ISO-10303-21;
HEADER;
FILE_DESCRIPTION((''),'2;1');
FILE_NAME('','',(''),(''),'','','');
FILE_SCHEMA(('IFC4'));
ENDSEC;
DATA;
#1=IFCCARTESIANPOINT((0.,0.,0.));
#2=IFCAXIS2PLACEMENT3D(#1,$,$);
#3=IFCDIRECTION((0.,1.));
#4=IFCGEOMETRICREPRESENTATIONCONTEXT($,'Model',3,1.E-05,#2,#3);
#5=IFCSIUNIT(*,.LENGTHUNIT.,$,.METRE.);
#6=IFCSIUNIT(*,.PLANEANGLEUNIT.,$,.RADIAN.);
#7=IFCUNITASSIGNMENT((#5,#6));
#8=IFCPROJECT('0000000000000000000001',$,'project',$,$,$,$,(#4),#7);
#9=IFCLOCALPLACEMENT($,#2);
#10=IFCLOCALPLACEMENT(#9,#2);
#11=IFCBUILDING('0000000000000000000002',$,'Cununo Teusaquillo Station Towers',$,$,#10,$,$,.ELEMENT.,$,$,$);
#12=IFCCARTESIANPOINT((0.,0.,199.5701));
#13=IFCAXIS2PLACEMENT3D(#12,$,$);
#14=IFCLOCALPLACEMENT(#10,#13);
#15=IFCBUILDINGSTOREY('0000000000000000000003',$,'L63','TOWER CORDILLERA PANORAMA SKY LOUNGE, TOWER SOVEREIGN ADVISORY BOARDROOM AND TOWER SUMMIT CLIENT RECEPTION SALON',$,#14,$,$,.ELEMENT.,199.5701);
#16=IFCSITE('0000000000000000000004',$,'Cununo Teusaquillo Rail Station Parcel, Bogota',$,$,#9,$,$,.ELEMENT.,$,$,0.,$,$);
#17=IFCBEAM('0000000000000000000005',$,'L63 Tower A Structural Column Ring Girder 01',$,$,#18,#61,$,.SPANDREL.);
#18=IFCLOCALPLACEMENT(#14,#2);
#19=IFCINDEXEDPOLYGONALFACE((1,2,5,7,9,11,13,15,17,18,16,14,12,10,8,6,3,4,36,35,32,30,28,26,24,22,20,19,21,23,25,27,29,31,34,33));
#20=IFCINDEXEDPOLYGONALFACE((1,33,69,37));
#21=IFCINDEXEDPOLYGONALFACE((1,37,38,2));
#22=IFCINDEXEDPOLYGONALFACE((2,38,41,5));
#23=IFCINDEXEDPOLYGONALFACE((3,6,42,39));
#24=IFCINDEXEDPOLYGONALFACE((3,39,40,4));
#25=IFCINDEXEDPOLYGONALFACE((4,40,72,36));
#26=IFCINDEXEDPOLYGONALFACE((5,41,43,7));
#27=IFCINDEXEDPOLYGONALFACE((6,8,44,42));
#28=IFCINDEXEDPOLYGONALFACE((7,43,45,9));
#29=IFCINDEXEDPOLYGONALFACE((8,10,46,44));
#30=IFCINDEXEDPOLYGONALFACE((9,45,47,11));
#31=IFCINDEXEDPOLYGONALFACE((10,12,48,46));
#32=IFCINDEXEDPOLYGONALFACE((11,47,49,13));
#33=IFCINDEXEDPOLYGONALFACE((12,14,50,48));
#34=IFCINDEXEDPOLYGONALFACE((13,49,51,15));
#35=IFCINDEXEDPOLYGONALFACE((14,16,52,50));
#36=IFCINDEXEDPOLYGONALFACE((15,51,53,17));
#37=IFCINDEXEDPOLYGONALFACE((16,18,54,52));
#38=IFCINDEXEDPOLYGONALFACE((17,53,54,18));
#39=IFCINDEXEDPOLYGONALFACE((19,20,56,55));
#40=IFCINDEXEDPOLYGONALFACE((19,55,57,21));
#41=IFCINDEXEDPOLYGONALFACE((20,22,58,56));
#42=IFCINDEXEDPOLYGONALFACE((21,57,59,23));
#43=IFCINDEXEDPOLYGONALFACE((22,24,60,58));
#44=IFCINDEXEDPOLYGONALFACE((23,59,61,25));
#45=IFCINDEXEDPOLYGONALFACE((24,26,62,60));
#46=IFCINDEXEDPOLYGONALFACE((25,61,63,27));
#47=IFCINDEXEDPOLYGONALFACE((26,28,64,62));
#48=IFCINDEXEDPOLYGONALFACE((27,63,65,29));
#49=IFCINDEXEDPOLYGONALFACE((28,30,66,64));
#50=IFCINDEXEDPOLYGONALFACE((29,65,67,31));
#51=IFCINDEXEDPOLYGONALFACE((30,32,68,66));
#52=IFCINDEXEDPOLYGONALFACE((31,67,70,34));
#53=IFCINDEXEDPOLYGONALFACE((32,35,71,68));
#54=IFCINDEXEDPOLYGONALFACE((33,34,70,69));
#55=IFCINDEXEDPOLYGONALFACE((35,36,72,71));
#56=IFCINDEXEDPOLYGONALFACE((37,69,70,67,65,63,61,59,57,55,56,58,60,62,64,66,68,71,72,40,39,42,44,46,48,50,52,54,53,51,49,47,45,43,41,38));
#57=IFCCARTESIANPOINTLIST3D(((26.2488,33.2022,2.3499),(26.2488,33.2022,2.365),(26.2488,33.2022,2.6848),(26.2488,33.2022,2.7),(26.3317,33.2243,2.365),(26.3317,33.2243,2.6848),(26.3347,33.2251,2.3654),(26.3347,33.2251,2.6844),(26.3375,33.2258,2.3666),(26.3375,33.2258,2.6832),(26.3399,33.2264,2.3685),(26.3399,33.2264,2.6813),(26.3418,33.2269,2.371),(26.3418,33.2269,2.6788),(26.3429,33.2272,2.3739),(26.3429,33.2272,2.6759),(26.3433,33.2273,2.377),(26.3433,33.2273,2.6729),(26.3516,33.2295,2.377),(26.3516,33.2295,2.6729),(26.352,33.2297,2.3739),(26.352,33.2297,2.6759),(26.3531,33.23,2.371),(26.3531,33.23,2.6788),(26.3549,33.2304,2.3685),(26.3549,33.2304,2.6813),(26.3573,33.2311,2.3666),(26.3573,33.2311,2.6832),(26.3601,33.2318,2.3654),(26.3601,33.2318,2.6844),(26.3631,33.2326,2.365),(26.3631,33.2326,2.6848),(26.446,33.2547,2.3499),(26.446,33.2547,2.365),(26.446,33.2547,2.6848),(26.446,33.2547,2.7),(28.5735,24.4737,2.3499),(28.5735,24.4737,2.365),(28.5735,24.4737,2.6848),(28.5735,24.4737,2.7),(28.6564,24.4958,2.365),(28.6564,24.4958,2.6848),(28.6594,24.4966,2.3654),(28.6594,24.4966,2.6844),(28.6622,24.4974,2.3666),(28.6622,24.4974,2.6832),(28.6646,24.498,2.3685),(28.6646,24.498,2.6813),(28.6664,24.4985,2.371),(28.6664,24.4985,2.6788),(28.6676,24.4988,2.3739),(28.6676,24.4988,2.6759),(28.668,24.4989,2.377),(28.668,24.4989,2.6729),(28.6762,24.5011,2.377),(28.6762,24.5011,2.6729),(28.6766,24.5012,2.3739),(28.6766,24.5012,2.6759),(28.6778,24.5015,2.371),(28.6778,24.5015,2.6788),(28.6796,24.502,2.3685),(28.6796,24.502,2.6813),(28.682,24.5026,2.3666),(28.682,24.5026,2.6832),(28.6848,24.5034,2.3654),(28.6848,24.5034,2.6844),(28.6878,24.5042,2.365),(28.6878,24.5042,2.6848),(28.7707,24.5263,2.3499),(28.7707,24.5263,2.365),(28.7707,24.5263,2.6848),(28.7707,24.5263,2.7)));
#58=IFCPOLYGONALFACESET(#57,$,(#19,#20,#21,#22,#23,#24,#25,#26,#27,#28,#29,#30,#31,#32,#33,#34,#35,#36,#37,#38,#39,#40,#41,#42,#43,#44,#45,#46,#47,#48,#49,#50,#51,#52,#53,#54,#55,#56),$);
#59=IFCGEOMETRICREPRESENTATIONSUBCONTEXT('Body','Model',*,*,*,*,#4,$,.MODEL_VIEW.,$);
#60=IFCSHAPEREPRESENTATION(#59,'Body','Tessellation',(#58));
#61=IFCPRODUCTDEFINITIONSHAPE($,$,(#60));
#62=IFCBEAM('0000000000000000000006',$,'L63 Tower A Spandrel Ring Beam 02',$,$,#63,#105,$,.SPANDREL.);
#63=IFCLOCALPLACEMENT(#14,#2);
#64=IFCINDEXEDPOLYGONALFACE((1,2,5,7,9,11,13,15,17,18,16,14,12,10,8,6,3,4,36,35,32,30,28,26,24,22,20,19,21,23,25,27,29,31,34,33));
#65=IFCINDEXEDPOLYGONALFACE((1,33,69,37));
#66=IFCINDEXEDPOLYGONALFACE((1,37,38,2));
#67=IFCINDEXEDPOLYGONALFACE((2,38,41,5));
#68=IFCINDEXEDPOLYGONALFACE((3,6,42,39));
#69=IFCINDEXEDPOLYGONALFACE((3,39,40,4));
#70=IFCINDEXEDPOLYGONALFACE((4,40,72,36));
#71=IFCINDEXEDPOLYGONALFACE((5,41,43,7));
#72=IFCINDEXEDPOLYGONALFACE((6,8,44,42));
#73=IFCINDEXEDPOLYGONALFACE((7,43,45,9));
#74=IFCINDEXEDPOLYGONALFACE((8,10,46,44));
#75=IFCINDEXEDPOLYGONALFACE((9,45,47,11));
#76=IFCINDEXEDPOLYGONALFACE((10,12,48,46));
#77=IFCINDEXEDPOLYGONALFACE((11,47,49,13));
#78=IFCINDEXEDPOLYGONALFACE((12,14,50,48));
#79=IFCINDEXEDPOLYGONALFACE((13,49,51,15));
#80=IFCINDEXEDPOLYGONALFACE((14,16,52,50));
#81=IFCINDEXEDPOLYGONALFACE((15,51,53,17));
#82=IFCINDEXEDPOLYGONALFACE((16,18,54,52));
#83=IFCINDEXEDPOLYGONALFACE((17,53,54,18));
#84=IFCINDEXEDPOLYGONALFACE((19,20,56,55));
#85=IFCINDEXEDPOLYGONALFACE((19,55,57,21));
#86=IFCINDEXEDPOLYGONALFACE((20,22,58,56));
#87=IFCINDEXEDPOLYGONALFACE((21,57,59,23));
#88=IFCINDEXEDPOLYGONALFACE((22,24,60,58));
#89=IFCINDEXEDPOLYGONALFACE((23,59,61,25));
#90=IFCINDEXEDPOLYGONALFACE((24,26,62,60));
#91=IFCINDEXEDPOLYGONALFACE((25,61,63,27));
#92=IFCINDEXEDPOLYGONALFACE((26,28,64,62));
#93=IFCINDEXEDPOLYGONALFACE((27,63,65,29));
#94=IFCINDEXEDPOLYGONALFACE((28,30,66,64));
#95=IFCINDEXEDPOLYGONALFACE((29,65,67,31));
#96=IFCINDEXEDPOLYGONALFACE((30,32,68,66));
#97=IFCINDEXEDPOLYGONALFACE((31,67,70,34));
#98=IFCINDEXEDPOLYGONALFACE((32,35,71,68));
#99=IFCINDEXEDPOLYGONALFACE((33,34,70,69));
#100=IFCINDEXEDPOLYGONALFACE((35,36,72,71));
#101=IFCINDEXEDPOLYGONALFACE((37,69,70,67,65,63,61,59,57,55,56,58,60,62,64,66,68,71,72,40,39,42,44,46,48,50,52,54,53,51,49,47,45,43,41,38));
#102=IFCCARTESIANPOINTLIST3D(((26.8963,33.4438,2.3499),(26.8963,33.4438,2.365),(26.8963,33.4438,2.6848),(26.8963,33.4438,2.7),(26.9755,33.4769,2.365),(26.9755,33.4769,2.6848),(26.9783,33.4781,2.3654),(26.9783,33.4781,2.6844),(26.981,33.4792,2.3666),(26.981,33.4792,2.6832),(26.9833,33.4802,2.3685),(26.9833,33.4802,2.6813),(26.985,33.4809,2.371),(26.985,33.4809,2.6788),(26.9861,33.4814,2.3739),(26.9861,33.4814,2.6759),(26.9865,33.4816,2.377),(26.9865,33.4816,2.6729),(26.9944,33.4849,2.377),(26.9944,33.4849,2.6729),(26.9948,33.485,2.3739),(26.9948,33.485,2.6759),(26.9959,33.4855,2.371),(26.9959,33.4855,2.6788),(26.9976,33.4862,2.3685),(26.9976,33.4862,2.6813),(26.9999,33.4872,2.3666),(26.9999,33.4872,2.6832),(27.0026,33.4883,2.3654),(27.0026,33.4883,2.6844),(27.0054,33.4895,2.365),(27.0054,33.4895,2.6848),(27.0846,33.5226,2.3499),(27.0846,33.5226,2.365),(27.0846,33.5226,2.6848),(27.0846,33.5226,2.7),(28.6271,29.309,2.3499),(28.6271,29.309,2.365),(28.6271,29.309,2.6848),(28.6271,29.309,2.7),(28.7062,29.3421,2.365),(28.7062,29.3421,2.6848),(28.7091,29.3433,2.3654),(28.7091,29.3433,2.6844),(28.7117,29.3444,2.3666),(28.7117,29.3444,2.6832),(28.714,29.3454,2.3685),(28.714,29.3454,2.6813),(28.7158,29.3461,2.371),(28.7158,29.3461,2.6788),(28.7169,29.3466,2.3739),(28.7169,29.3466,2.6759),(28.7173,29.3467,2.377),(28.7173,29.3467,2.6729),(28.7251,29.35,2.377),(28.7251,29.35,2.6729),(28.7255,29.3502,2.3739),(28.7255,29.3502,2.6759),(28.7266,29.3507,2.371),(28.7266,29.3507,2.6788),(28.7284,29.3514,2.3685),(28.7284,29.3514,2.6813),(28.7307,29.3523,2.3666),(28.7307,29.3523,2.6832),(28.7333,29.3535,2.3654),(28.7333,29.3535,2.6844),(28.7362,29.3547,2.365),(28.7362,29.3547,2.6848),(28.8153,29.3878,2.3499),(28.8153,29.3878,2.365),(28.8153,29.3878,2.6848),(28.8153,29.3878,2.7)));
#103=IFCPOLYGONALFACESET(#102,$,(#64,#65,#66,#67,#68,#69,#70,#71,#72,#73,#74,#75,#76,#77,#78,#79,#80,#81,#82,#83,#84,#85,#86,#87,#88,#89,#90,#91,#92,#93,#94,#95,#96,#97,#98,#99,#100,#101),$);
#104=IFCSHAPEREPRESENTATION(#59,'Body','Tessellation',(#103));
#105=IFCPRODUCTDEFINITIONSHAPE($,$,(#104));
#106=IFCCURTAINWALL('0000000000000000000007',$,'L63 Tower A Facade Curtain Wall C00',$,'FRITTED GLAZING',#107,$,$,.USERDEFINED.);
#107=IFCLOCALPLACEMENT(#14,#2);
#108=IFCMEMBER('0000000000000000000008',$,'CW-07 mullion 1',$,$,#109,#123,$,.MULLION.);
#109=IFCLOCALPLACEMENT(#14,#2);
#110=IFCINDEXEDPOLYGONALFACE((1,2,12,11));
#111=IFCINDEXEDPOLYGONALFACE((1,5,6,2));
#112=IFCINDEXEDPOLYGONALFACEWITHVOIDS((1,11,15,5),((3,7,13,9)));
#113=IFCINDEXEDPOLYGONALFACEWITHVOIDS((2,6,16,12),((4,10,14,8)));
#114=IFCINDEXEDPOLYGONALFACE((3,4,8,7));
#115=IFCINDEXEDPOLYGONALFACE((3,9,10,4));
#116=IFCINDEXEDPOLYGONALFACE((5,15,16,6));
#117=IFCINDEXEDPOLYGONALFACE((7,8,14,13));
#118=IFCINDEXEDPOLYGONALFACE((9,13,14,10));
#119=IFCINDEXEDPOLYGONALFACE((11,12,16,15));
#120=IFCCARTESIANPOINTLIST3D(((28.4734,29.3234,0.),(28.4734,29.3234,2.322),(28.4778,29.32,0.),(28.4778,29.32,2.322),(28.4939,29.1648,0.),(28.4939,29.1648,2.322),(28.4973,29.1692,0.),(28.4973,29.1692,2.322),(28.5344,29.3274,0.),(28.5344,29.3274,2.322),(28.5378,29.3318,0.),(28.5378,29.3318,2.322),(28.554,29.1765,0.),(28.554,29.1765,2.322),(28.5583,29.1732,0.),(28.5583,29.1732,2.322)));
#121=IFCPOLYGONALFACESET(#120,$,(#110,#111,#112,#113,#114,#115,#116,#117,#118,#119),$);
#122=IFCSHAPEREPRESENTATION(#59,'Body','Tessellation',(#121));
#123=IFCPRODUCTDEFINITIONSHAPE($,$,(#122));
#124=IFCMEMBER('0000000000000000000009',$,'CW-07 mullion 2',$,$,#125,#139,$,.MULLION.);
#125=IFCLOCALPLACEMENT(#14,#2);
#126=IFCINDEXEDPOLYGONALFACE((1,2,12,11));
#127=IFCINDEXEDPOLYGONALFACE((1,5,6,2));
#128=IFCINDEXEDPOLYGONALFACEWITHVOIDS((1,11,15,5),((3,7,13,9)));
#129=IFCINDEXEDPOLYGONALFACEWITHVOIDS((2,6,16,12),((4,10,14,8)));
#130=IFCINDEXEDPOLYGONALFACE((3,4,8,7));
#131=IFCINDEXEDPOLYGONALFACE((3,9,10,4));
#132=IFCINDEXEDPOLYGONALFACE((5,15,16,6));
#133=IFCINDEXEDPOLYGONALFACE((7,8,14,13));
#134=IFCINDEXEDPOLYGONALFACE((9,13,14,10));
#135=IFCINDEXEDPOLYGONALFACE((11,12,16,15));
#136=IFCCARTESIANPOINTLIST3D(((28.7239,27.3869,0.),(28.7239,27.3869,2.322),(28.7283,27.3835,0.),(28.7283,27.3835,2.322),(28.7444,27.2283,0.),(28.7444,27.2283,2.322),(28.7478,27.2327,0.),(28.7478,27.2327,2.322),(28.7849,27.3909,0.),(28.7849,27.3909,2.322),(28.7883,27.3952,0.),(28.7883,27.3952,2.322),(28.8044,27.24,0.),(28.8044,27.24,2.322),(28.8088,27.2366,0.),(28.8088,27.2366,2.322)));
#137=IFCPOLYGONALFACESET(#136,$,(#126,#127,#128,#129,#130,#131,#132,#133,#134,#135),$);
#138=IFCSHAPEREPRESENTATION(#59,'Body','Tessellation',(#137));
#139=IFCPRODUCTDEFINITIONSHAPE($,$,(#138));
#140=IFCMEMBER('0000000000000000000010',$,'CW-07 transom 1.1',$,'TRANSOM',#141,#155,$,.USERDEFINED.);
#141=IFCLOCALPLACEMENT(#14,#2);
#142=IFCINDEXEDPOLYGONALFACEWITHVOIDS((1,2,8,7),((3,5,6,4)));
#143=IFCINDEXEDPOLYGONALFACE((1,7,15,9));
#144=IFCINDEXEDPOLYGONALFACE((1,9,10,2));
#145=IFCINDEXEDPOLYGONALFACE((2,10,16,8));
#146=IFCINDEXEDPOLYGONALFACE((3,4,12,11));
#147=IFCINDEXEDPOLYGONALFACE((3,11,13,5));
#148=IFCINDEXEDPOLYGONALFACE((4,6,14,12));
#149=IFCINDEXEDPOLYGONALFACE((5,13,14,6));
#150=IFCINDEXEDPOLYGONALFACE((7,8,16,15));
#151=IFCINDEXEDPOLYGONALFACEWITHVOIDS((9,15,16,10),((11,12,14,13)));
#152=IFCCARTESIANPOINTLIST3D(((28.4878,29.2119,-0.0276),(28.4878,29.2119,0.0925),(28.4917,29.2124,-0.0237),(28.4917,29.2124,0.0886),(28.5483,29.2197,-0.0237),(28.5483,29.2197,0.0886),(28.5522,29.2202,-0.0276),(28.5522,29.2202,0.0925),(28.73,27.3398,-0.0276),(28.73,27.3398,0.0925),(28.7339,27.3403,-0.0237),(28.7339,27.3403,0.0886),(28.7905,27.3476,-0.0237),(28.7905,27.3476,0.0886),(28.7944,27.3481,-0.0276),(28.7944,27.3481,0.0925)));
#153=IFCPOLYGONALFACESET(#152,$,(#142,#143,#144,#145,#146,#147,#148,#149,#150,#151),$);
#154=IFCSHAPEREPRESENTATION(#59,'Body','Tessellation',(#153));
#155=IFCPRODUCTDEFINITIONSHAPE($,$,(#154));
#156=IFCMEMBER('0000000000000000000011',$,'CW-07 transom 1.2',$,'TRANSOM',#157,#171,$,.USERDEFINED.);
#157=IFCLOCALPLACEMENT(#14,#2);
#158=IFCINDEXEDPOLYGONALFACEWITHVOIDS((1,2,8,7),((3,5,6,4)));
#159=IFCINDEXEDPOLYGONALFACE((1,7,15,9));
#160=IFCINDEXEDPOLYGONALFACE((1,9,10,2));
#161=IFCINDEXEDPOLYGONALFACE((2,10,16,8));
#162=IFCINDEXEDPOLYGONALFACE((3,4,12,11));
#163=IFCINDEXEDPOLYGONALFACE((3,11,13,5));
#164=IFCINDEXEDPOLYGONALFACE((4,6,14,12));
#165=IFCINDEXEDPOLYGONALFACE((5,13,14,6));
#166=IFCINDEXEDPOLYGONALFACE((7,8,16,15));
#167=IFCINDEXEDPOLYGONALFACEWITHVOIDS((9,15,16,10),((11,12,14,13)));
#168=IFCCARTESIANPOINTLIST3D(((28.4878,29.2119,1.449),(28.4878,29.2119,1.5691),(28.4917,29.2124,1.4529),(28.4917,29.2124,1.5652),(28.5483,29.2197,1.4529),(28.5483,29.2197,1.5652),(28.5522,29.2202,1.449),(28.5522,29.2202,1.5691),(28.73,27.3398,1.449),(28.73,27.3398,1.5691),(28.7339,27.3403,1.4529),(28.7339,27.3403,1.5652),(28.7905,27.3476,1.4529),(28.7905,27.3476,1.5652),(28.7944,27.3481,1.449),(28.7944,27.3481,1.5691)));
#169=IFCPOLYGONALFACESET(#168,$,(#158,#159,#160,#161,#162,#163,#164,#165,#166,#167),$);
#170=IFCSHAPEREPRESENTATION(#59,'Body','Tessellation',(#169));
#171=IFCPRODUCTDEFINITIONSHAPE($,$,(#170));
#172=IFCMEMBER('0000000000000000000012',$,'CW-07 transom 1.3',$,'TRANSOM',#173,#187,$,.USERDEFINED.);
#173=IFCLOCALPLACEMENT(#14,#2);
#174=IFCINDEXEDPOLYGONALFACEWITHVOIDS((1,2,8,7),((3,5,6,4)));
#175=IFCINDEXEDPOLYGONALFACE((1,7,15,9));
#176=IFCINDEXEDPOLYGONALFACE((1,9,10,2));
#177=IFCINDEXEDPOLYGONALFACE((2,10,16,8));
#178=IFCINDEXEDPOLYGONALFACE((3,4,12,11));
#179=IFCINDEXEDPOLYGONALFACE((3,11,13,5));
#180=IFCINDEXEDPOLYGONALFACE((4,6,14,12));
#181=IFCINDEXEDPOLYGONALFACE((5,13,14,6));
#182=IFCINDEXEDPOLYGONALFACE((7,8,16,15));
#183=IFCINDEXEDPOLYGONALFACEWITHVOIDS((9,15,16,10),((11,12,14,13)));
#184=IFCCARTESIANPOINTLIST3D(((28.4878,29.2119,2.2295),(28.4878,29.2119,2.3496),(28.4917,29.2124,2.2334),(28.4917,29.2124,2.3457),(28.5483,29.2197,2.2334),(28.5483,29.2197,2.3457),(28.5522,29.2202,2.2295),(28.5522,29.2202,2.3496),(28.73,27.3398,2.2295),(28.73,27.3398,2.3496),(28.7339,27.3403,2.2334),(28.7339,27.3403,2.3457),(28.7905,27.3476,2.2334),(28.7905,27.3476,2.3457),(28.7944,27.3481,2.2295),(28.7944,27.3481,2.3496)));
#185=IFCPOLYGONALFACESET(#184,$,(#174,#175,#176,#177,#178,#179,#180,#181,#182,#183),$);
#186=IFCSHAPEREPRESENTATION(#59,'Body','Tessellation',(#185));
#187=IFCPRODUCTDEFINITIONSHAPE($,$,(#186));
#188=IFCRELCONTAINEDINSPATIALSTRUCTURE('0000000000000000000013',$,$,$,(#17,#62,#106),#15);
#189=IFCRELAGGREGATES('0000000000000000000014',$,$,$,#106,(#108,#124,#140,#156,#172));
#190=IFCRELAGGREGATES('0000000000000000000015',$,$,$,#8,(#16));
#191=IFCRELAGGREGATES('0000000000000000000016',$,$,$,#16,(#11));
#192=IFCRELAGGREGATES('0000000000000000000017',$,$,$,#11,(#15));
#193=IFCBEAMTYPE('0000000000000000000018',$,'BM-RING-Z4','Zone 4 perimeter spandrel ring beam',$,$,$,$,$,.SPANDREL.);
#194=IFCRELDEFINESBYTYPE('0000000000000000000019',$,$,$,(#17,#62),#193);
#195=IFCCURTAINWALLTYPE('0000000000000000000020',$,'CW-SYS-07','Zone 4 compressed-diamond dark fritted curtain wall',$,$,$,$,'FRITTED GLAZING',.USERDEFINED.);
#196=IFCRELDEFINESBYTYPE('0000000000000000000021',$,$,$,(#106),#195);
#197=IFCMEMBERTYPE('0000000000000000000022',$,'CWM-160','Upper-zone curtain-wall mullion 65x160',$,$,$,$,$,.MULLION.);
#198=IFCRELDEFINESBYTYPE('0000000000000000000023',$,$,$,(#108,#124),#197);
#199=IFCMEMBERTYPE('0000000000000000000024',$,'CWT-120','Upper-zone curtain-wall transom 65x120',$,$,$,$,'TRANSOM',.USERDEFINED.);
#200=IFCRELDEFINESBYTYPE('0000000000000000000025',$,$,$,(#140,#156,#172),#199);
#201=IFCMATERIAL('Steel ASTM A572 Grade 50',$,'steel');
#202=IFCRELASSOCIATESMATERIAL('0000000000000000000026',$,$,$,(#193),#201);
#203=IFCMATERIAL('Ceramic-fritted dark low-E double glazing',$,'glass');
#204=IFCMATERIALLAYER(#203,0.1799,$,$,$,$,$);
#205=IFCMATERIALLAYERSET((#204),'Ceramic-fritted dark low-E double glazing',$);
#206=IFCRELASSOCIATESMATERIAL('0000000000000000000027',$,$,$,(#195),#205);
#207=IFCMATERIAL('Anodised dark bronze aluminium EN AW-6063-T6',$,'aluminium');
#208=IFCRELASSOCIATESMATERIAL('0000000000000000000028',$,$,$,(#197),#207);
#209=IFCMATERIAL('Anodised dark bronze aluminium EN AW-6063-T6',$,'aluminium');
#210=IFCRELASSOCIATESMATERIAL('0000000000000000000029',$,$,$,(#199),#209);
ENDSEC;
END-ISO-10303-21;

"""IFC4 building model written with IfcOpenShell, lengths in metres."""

from ifc_helpers import new_model, si_unit, direction, frame, origin, origin_2d, place, context, subcontext, project, spatial, hollow_rectangle, i_section, extrude, material, layer, layer_set, material_profile, profile_set, type_object, element, aggregate, save


model = new_model("IFC4")

# Units and contexts
model_context = context("Model", 3, precision=1e-05, world=origin(), true_north=direction((0.0, 1.0)))
body_context = subcontext(model_context, "Body", "Model", "MODEL_VIEW")
ifc_project = project(units=[si_unit("LENGTHUNIT", "METRE"), si_unit("PLANEANGLEUNIT", "RADIAN")], contexts=[model_context])

# Site, building, storey
site_placement = place(None, origin())
site = spatial("IfcSite", under=ifc_project, at=site_placement, Name="Cununo Teusaquillo Rail Station Parcel, Bogota", CompositionType="ELEMENT", RefElevation=0.0)
building_placement = place(site_placement, origin())
building = spatial("IfcBuilding", under=site, at=building_placement, Name="Cununo Teusaquillo Station Towers", CompositionType="ELEMENT")
storey_placement = place(building_placement, frame((0.0, 0.0, 199.5701)))
storey = spatial("IfcBuildingStorey", under=building, at=storey_placement, Name="L63", Description="TOWER CORDILLERA PANORAMA SKY LOUNGE, TOWER SOVEREIGN ADVISORY BOARDROOM AND TOWER SUMMIT CLIENT RECEPTION SALON", CompositionType="ELEMENT", Elevation=199.5701)

# Beams
ifc_material_1 = material(Name="Steel ASTM A572 Grade 50", Category="steel")
ifc_material_profile_1 = material_profile(ifc_material_1, i_section(OverallWidth=0.2041, OverallDepth=0.3501, WebThickness=0.0085, FlangeThickness=0.0151, FilletRadius=0.012, at=origin_2d()), Name="W14X48")
ifc_profile_set_1 = profile_set([ifc_material_profile_1], Name="Steel ASTM A572 Grade 50")
beam_type_1 = type_object("IfcBeamType", Name="BM-RING-Z4", Description="Zone 4 perimeter spandrel ring beam", PredefinedType="SPANDREL", material=ifc_profile_set_1)
beam_1_placement = place(storey_placement, frame((28.6721, 24.5, 2.5249), z_axis=(-0.257363, 0.966315, 0.0), x_axis=(-0.966315, -0.257363, 0.0)))
element("IfcBeam", 1, at=beam_1_placement, inside=storey, type_object=beam_type_1, Name="L63 Tower A Structural Column Ring Girder 01", PredefinedType="SPANDREL", context=body_context, shape_type="SweptSolid", body=[
    extrude(i_section(OverallWidth=0.2041, OverallDepth=0.3501, WebThickness=0.0085, FlangeThickness=0.0151, FilletRadius=0.012, at=origin_2d()), origin(), (0.0, 0.0, 1.0), 9.0327),
])
beam_2_placement = place(storey_placement, frame((28.7212, 29.3484, 2.5249), z_axis=(-0.386115, 0.92245, 0.0), x_axis=(-0.92245, -0.386115, 0.0)))
element("IfcBeam", 2, at=beam_2_placement, inside=storey, type_object=beam_type_1, Name="L63 Tower A Spandrel Ring Beam 02", PredefinedType="SPANDREL", context=body_context, shape_type="SweptSolid", body=[
    extrude(i_section(OverallWidth=0.2041, OverallDepth=0.3501, WebThickness=0.0085, FlangeThickness=0.0151, FilletRadius=0.012, at=origin_2d()), origin(), (0.0, 0.0, 1.0), 4.4824),
])

# Curtain wall, members
ifc_material_2 = material(Name="Ceramic-fritted dark low-E double glazing", Category="glass")
ifc_layer_1 = layer(ifc_material_2, 0.1799)
ifc_layer_set_1 = layer_set([ifc_layer_1], Name="Ceramic-fritted dark low-E double glazing")
curtain_wall_type = type_object("IfcCurtainWallType", Name="CW-SYS-07", Description="Zone 4 compressed-diamond dark fritted curtain wall", ElementType="FRITTED GLAZING", PredefinedType="USERDEFINED", material=ifc_layer_set_1)
curtain_wall_placement = place(storey_placement, origin())
curtain_wall = element("IfcCurtainWall", 3, at=curtain_wall_placement, inside=storey, type_object=curtain_wall_type, Name="L63 Tower A Facade Curtain Wall C00", ObjectType="FRITTED GLAZING", PredefinedType="USERDEFINED")
ifc_material_3 = material(Name="Anodised dark bronze aluminium EN AW-6063-T6", Category="aluminium")
ifc_material_profile_2 = material_profile(ifc_material_3, hollow_rectangle(XDim=0.0649, YDim=0.1599, WallThickness=0.0039, at=origin_2d()), Name="CW-MULL-65x160")
ifc_profile_set_2 = profile_set([ifc_material_profile_2], Name="Anodised dark bronze aluminium EN AW-6063-T6")
member_type_1 = type_object("IfcMemberType", Name="CWM-160", Description="Upper-zone curtain-wall mullion 65x160", PredefinedType="MULLION", material=ifc_profile_set_2)
member_1_placement = place(storey_placement, frame((28.5159, 29.2483, 0.0), z_axis=(0.0, 0.0, 1.0), x_axis=(0.991742, 0.128253, 0.0)))
member_1 = element("IfcMember", 4, at=member_1_placement, type_object=member_type_1, Name="CW-07 mullion 1", PredefinedType="MULLION", context=body_context, shape_type="SweptSolid", body=[
    extrude(hollow_rectangle(XDim=0.0649, YDim=0.1599, WallThickness=0.0039, at=origin_2d()), origin(), (0.0, 0.0, 1.0), 2.322),
])
member_2_placement = place(storey_placement, frame((28.7664, 27.3118, 0.0), z_axis=(0.0, 0.0, 1.0), x_axis=(0.991742, 0.128253, 0.0)))
member_2 = element("IfcMember", 5, at=member_2_placement, type_object=member_type_1, Name="CW-07 mullion 2", PredefinedType="MULLION", context=body_context, shape_type="SweptSolid", body=[
    extrude(hollow_rectangle(XDim=0.0649, YDim=0.1599, WallThickness=0.0039, at=origin_2d()), origin(), (0.0, 0.0, 1.0), 2.322),
])
ifc_material_4 = material(Name="Anodised dark bronze aluminium EN AW-6063-T6", Category="aluminium")
ifc_material_profile_3 = material_profile(ifc_material_4, hollow_rectangle(XDim=0.0649, YDim=0.1201, WallThickness=0.0039, at=origin_2d()), Name="CW-TRAN-65x120")
ifc_profile_set_3 = profile_set([ifc_material_profile_3], Name="Anodised dark bronze aluminium EN AW-6063-T6")
member_type_2 = type_object("IfcMemberType", Name="CWT-120", Description="Upper-zone curtain-wall transom 65x120", ElementType="TRANSOM", PredefinedType="USERDEFINED", material=ifc_profile_set_3)
member_3_placement = place(storey_placement, frame((28.52, 29.2161, 0.0325), z_axis=(0.1283, -0.991735, 0.0), x_axis=(0.991735, 0.1283, 0.0)))
member_3 = element("IfcMember", 6, at=member_3_placement, type_object=member_type_2, Name="CW-07 transom 1.1", ObjectType="TRANSOM", PredefinedType="USERDEFINED", context=body_context, shape_type="SweptSolid", body=[
    extrude(hollow_rectangle(XDim=0.0649, YDim=0.1201, WallThickness=0.0039, at=origin_2d()), origin(), (0.0, 0.0, 1.0), 1.8877),
])
member_4_placement = place(storey_placement, frame((28.52, 29.2161, 1.509), z_axis=(0.1283, -0.991735, 0.0), x_axis=(0.991735, 0.1283, 0.0)))
member_4 = element("IfcMember", 7, at=member_4_placement, type_object=member_type_2, Name="CW-07 transom 1.2", ObjectType="TRANSOM", PredefinedType="USERDEFINED", context=body_context, shape_type="SweptSolid", body=[
    extrude(hollow_rectangle(XDim=0.0649, YDim=0.1201, WallThickness=0.0039, at=origin_2d()), origin(), (0.0, 0.0, 1.0), 1.8877),
])
member_5_placement = place(storey_placement, frame((28.52, 29.2161, 2.2896), z_axis=(0.1283, -0.991735, 0.0), x_axis=(0.991735, 0.1283, 0.0)))
member_5 = element("IfcMember", 8, at=member_5_placement, type_object=member_type_2, Name="CW-07 transom 1.3", ObjectType="TRANSOM", PredefinedType="USERDEFINED", context=body_context, shape_type="SweptSolid", body=[
    extrude(hollow_rectangle(XDim=0.0649, YDim=0.1201, WallThickness=0.0039, at=origin_2d()), origin(), (0.0, 0.0, 1.0), 1.8877),
])
aggregate(curtain_wall, [member_1, member_2, member_3, member_4, member_5])

save(model, "model.ifc")
